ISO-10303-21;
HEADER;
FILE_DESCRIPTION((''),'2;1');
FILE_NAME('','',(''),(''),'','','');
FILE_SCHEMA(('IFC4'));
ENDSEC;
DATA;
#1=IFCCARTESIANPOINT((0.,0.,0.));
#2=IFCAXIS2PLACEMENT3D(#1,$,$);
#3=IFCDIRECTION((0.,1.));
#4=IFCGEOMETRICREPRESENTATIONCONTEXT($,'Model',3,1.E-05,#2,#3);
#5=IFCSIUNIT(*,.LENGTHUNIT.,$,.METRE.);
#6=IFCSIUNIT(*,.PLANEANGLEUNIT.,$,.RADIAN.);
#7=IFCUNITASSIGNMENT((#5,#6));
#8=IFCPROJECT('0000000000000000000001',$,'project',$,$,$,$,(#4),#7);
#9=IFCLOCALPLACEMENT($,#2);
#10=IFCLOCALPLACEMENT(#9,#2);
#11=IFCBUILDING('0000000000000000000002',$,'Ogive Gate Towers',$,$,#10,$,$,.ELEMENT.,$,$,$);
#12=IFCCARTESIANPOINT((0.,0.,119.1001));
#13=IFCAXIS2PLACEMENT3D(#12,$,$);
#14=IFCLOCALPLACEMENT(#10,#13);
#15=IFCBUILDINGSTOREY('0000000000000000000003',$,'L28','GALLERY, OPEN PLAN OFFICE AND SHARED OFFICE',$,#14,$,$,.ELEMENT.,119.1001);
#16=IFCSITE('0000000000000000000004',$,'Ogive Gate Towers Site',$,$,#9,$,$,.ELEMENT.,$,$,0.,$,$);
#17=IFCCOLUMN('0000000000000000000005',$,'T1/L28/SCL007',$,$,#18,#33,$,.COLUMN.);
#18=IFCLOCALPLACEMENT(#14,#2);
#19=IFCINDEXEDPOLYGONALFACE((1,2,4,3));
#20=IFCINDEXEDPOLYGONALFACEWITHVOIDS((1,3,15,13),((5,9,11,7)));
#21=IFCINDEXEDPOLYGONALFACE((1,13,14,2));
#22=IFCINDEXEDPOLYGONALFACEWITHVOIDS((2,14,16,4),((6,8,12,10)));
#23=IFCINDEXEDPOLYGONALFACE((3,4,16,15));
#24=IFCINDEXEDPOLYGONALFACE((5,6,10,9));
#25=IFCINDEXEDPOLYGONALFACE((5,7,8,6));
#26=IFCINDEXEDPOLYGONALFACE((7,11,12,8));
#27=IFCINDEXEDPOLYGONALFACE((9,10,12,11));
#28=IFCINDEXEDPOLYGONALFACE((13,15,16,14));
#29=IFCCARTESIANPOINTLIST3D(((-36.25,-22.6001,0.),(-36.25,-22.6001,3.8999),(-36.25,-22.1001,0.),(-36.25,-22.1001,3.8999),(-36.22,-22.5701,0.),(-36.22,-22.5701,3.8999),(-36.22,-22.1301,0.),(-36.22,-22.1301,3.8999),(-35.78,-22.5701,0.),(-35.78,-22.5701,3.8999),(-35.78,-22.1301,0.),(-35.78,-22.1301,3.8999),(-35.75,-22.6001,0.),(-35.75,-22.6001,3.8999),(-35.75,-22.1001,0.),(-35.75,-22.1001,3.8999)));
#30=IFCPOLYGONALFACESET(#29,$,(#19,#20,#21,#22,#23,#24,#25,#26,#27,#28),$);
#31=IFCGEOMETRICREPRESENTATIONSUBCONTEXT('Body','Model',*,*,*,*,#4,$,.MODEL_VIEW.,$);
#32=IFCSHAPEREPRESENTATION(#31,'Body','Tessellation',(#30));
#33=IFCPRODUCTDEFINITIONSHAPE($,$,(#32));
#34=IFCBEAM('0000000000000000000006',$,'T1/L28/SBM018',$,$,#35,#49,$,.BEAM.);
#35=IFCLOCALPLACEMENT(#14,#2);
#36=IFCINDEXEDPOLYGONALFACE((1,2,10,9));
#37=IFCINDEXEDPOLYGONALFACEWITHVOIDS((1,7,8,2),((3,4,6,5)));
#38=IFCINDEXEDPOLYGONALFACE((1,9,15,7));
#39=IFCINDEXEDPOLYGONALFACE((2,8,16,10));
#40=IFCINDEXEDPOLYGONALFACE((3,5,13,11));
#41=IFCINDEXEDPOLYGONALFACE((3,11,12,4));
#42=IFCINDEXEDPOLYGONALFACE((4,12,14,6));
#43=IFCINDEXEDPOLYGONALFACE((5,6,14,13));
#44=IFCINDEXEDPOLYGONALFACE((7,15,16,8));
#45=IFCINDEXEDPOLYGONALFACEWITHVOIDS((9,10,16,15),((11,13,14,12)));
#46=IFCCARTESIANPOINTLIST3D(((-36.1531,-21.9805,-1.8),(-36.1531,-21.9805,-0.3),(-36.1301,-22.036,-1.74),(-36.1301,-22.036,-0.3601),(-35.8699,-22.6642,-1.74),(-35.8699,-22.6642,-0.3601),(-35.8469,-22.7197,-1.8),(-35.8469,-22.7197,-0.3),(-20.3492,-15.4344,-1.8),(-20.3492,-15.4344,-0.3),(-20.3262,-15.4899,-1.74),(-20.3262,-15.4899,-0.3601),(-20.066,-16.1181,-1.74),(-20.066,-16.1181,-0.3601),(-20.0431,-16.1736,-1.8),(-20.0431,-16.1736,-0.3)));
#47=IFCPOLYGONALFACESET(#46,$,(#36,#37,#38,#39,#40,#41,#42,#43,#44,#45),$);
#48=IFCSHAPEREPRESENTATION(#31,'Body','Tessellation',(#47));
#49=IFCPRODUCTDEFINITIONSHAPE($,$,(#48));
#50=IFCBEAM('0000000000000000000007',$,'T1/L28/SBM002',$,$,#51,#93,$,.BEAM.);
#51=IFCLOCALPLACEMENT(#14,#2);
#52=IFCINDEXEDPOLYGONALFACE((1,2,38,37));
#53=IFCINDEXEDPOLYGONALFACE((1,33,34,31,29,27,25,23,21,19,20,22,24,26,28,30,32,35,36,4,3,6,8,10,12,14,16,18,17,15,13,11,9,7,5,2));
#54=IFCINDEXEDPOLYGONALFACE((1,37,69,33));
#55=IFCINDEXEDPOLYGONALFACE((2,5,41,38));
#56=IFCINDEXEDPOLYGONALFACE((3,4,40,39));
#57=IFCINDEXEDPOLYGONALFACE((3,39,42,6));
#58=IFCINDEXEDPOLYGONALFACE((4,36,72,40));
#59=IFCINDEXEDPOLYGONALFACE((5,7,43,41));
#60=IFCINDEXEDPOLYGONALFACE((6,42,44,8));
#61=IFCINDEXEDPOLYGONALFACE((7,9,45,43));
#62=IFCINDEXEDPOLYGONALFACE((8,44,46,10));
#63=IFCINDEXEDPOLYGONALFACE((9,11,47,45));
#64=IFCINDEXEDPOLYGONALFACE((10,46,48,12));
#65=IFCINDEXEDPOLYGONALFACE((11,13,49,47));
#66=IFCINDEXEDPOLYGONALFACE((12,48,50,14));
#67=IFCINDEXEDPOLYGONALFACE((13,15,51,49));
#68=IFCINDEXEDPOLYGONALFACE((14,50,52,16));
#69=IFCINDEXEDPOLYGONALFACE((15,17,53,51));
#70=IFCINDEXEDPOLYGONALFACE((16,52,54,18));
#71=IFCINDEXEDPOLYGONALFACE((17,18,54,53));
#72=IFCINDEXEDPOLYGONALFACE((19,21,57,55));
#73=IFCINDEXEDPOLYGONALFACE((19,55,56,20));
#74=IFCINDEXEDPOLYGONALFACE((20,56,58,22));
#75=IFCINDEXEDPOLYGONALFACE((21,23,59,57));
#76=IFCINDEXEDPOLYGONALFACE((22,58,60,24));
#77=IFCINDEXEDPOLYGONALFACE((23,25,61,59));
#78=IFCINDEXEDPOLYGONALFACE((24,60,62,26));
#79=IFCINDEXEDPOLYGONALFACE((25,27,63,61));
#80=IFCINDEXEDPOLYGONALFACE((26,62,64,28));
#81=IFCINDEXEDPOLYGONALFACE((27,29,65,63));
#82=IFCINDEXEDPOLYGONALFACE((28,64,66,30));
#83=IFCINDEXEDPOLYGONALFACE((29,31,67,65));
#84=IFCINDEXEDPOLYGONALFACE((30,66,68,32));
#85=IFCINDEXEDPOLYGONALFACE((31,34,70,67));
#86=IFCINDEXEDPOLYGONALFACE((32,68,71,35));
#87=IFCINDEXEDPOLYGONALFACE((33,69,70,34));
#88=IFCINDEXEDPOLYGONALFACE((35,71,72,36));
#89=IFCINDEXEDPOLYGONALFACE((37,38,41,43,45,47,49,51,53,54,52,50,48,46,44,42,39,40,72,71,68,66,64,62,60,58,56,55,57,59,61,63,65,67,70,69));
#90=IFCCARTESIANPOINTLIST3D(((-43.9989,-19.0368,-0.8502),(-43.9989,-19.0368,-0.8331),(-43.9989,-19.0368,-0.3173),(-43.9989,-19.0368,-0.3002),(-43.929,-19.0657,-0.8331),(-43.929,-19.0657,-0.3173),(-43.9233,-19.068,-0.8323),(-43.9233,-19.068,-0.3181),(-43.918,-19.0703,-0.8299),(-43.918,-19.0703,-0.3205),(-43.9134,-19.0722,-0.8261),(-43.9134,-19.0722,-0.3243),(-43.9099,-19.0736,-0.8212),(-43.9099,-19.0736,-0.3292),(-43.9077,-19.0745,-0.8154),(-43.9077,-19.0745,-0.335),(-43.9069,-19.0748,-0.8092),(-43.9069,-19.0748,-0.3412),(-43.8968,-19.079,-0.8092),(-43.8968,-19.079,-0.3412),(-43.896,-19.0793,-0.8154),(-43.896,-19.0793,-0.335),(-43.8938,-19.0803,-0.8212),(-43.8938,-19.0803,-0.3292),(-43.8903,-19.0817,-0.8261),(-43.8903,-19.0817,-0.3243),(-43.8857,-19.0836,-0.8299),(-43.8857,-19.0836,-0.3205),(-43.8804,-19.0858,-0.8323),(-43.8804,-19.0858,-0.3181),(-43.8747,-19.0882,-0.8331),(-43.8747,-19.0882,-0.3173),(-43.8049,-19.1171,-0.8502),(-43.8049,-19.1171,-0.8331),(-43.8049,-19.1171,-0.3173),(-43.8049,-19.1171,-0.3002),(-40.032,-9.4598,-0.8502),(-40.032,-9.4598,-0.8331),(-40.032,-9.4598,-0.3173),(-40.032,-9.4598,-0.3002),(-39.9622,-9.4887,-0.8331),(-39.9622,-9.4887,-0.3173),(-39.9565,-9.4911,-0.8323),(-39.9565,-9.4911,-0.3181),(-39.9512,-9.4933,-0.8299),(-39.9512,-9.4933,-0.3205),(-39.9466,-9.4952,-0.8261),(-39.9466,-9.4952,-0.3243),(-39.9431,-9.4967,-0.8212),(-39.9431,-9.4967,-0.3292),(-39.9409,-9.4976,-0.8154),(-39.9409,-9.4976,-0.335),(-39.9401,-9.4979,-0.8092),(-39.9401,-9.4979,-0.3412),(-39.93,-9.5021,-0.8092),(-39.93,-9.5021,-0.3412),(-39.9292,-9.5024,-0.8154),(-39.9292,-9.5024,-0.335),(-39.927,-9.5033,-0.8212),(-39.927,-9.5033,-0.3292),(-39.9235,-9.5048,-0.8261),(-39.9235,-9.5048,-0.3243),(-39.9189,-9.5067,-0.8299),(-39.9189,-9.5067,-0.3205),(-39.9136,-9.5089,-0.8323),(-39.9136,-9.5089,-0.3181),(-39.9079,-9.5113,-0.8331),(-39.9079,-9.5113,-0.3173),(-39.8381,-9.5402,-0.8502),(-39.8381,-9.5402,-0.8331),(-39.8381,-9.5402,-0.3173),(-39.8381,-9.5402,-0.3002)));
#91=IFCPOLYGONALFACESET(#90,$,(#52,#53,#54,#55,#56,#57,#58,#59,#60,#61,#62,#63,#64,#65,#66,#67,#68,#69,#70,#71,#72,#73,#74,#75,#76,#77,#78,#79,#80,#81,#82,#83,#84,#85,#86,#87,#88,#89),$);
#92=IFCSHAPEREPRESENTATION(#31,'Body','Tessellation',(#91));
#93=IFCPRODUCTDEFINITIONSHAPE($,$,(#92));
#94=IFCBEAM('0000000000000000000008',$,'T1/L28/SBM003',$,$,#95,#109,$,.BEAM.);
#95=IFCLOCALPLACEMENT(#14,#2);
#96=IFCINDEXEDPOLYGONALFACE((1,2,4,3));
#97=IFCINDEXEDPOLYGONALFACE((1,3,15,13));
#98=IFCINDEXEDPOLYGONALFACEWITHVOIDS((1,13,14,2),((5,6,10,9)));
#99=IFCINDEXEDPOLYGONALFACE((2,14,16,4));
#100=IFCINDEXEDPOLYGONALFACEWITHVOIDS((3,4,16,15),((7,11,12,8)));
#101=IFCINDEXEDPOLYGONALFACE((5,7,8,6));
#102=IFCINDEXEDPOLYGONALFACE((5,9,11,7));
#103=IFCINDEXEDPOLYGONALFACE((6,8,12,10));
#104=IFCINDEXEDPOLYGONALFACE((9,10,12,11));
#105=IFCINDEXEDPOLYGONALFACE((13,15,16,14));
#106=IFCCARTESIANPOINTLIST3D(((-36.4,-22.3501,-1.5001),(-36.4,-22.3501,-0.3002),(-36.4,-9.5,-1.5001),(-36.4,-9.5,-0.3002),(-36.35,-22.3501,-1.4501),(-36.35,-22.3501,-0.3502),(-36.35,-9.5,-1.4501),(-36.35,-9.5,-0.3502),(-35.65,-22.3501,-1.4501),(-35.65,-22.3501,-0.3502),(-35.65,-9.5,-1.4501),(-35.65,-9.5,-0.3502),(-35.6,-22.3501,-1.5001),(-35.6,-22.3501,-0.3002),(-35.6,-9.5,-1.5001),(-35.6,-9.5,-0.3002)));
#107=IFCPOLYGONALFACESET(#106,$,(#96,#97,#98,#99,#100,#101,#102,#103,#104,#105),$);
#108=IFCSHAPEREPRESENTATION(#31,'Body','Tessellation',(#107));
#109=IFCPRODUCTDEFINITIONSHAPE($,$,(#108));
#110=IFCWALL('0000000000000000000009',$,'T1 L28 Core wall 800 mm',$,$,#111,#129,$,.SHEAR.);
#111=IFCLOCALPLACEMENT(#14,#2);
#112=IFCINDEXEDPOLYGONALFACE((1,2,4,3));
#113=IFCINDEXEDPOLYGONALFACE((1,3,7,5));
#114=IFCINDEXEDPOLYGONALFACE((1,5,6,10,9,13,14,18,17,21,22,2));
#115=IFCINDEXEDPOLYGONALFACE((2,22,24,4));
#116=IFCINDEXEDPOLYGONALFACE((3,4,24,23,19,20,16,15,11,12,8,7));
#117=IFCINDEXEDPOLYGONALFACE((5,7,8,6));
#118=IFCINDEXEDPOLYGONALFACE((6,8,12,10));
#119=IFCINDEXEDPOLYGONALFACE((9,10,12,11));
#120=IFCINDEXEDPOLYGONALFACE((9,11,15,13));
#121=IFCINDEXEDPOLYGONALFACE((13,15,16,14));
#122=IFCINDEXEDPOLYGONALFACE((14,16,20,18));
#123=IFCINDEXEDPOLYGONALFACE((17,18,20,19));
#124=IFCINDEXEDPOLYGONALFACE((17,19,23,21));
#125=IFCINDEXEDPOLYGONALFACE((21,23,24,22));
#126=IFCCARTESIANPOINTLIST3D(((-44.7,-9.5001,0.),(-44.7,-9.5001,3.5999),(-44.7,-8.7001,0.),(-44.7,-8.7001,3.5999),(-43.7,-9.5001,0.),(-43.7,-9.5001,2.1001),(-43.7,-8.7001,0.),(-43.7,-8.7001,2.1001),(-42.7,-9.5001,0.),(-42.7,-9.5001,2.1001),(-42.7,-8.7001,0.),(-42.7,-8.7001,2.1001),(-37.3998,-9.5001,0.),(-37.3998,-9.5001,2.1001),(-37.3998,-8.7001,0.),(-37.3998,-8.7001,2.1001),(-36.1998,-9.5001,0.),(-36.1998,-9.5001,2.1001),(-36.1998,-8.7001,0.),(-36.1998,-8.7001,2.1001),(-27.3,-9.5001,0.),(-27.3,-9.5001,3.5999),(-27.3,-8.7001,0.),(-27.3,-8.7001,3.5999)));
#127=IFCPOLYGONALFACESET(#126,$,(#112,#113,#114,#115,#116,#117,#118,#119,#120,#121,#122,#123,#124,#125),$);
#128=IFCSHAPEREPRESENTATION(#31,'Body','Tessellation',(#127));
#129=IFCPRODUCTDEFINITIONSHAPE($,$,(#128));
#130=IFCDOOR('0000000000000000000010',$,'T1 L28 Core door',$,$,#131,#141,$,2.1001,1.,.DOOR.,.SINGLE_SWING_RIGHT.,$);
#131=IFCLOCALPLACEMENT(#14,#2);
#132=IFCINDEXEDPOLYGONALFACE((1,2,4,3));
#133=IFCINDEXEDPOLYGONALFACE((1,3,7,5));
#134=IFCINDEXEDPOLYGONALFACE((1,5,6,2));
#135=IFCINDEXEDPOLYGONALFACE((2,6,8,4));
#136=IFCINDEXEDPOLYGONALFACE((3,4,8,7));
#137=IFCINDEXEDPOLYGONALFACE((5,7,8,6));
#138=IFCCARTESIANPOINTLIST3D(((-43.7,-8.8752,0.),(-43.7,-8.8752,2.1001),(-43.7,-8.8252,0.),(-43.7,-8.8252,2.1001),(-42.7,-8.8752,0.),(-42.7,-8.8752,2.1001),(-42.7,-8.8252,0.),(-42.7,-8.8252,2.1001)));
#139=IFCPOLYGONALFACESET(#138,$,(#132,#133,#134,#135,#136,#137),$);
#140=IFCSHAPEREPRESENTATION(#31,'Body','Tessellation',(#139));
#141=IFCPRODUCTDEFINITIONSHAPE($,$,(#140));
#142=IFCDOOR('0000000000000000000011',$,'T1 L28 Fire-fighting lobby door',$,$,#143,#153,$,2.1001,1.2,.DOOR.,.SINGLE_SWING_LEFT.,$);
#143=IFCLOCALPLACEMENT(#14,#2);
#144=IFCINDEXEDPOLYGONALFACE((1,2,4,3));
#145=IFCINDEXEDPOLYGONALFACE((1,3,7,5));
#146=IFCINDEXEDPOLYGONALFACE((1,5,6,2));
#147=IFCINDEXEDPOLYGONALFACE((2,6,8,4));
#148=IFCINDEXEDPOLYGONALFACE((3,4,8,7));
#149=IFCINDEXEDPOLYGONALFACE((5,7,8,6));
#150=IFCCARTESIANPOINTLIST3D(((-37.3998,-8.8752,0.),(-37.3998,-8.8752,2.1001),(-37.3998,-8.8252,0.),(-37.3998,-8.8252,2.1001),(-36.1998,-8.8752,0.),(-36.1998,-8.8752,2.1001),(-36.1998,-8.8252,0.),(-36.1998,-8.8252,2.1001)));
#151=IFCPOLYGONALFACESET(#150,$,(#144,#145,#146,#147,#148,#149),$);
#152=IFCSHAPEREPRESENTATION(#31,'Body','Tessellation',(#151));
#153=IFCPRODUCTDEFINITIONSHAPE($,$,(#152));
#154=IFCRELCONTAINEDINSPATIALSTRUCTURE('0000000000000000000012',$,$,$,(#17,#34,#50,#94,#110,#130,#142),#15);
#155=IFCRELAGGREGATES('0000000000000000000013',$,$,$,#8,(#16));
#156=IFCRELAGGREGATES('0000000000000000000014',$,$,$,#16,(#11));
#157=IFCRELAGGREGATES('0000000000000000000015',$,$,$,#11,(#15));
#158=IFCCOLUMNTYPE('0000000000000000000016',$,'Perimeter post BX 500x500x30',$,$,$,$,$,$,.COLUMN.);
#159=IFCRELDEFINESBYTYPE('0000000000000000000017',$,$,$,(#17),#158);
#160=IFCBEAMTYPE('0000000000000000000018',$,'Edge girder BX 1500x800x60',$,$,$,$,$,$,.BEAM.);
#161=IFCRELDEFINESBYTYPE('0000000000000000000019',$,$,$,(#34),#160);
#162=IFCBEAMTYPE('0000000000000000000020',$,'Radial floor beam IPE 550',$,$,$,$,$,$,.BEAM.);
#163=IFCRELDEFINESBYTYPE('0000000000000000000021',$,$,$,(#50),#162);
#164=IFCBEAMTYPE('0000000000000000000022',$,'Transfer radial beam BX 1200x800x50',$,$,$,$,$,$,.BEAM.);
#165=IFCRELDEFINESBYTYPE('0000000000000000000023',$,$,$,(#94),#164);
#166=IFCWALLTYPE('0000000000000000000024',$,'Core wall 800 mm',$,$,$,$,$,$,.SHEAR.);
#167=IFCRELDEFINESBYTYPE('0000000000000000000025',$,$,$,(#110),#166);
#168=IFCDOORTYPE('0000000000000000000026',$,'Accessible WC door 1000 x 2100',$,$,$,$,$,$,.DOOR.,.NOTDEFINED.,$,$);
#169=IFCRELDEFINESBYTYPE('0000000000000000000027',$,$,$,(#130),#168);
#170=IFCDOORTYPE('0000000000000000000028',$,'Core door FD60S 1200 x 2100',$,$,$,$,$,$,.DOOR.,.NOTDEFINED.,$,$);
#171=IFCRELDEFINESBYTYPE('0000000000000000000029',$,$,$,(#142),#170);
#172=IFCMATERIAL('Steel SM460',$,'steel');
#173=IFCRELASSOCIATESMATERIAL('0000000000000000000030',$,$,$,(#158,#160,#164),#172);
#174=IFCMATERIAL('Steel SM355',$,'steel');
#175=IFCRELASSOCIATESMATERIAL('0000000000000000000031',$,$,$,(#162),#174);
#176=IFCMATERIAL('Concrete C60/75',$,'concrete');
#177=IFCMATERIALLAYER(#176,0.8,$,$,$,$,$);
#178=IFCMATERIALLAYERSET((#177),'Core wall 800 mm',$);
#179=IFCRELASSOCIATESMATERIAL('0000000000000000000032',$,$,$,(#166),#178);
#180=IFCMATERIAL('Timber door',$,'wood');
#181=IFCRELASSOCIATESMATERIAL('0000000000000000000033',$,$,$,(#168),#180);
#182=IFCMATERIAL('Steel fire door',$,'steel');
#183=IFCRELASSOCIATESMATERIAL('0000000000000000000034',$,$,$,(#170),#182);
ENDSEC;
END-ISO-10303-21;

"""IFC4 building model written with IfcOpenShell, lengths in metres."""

from ifc_helpers import new_model, si_unit, direction, frame, frame_2d, origin, origin_2d, place, context, subcontext, project, spatial, rectangle, hollow_rectangle, i_section, extrude, material, layer, layer_set, material_profile, profile_set, type_object, element, fill, save


model = new_model("IFC4")

# Units and contexts
model_context = context("Model", 3, precision=1e-05, world=origin(), true_north=direction((0.0, 1.0)))
body_context = subcontext(model_context, "Body", "Model", "MODEL_VIEW")
ifc_project = project(units=[si_unit("LENGTHUNIT", "METRE"), si_unit("PLANEANGLEUNIT", "RADIAN")], contexts=[model_context])

# Site, building, storey
site_placement = place(None, origin())
site = spatial("IfcSite", under=ifc_project, at=site_placement, Name="Ogive Gate Towers Site", CompositionType="ELEMENT", RefElevation=0.0)
building_placement = place(site_placement, origin())
building = spatial("IfcBuilding", under=site, at=building_placement, Name="Ogive Gate Towers", CompositionType="ELEMENT")
storey_placement = place(building_placement, frame((0.0, 0.0, 119.1001)))
storey = spatial("IfcBuildingStorey", under=building, at=storey_placement, Name="L28", Description="GALLERY, OPEN PLAN OFFICE AND SHARED OFFICE", CompositionType="ELEMENT", Elevation=119.1001)

# Column
ifc_material_1 = material(Name="Steel SM460", Category="steel")
ifc_material_profile_1 = material_profile(ifc_material_1, hollow_rectangle(XDim=0.5, YDim=0.5, WallThickness=0.03, at=origin_2d()), Name="BX 500x500x30")
ifc_profile_set_1 = profile_set([ifc_material_profile_1], Name="Steel SM460")
column_type = type_object("IfcColumnType", Name="Perimeter post BX 500x500x30", PredefinedType="COLUMN", material=ifc_profile_set_1)
column_placement = place(storey_placement, frame((-36.0, -22.3501, 0.0), z_axis=(0.0, 0.0, 1.0), x_axis=(1.0, 0.0, 0.0)))
element("IfcColumn", 1, at=column_placement, inside=storey, type_object=column_type, Name="T1/L28/SCL007", PredefinedType="COLUMN", context=body_context, shape_type="SweptSolid", body=[
    extrude(hollow_rectangle(XDim=0.5, YDim=0.5, WallThickness=0.03, at=origin_2d()), origin(), (0.0, 0.0, 1.0), 3.8999),
])

# Beams
ifc_material_profile_2 = material_profile(ifc_material_1, hollow_rectangle(XDim=0.8, YDim=1.5, WallThickness=0.0601, at=origin_2d()), Name="BX 1500x800x60")
ifc_profile_set_2 = profile_set([ifc_material_profile_2], Name="Steel SM460")
beam_type_1 = type_object("IfcBeamType", Name="Edge girder BX 1500x800x60", PredefinedType="BEAM", material=ifc_profile_set_2)
beam_1_placement = place(storey_placement, frame((-36.0, -22.3501, -1.05), z_axis=(0.923881, 0.38268, 0.0), x_axis=(-0.38268, 0.923881, 0.0)))
element("IfcBeam", 2, at=beam_1_placement, inside=storey, type_object=beam_type_1, Name="T1/L28/SBM018", PredefinedType="BEAM", context=body_context, shape_type="SweptSolid", body=[
    extrude(hollow_rectangle(XDim=0.8, YDim=1.5, WallThickness=0.0601, at=origin_2d()), origin(), (0.0, 0.0, 1.0), 17.106),
])
ifc_material_2 = material(Name="Steel SM355", Category="steel")
ifc_material_profile_3 = material_profile(ifc_material_2, i_section(OverallWidth=0.21, OverallDepth=0.55, WebThickness=0.011, FlangeThickness=0.0171, FilletRadius=0.0239, at=origin_2d()), Name="IPE 550")
ifc_profile_set_3 = profile_set([ifc_material_profile_3], Name="Steel SM355")
beam_type_2 = type_object("IfcBeamType", Name="Radial floor beam IPE 550", PredefinedType="BEAM", material=ifc_profile_set_3)
beam_2_placement = place(storey_placement, frame((-39.9351, -9.5, -0.5752), z_axis=(-0.382676, -0.923882, 0.0), x_axis=(0.923882, -0.382676, 0.0)))
element("IfcBeam", 3, at=beam_2_placement, inside=storey, type_object=beam_type_2, Name="T1/L28/SBM002", PredefinedType="BEAM", context=body_context, shape_type="SweptSolid", body=[
    extrude(i_section(OverallWidth=0.21, OverallDepth=0.55, WebThickness=0.011, FlangeThickness=0.0171, FilletRadius=0.0239, at=origin_2d()), origin(), (0.0, 0.0, 1.0), 10.366),
])
ifc_material_profile_4 = material_profile(ifc_material_1, hollow_rectangle(XDim=0.8, YDim=1.2, WallThickness=0.05, at=origin_2d()), Name="BX 1200x800x50")
ifc_profile_set_4 = profile_set([ifc_material_profile_4], Name="Steel SM460")
beam_type_3 = type_object("IfcBeamType", Name="Transfer radial beam BX 1200x800x50", PredefinedType="BEAM", material=ifc_profile_set_4)
beam_3_placement = place(storey_placement, frame((-36.0, -9.5, -0.9001), z_axis=(0.0, -1.0, 0.0), x_axis=(1.0, 0.0, 0.0)))
element("IfcBeam", 4, at=beam_3_placement, inside=storey, type_object=beam_type_3, Name="T1/L28/SBM003", PredefinedType="BEAM", context=body_context, shape_type="SweptSolid", body=[
    extrude(hollow_rectangle(XDim=0.8, YDim=1.2, WallThickness=0.05, at=origin_2d()), origin(), (0.0, 0.0, 1.0), 12.8501),
])

# Wall, openings, doors
ifc_material_3 = material(Name="Concrete C60/75", Category="concrete")
ifc_layer_1 = layer(ifc_material_3, 0.8)
ifc_layer_set_1 = layer_set([ifc_layer_1], Name="Core wall 800 mm")
wall_type_1 = type_object("IfcWallType", Name="Core wall 800 mm", PredefinedType="SHEAR", material=ifc_layer_set_1)
wall_1_placement = place(storey_placement, frame((-44.7, -9.1001, 0.0), z_axis=(0.0, 0.0, 1.0), x_axis=(1.0, 0.0, 0.0)))
wall_1 = element("IfcWall", 5, at=wall_1_placement, inside=storey, type_object=wall_type_1, Name="T1 L28 Core wall 800 mm", PredefinedType="SHEAR", context=body_context, shape_type="SweptSolid", body=[
    extrude(rectangle(XDim=17.3999, YDim=0.8, at=frame_2d((8.7, 0.0))), origin(), (0.0, 0.0, 1.0), 3.5999),
])
opening_1_placement = place(wall_1_placement, frame((7.3, 0.0, 0.0)))
opening_1 = element("IfcOpeningElement", 6, at=opening_1_placement, cuts=wall_1, PredefinedType="OPENING", context=body_context, shape_type="SweptSolid", body=[
    extrude(rectangle(XDim=1.2, YDim=2.1001, at=frame_2d((0.6001, 1.05))), frame((0.0, 0.4102, 0.0), z_axis=(0.0, -1.0, 0.0), x_axis=(1.0, 0.0, 0.0)), (0.0, 0.0, 1.0), 0.8201),
])
opening_2_placement = place(wall_1_placement, frame((1.0, 0.0, 0.0)))
opening_2 = element("IfcOpeningElement", 7, at=opening_2_placement, cuts=wall_1, PredefinedType="OPENING", context=body_context, shape_type="SweptSolid", body=[
    extrude(rectangle(XDim=1.0, YDim=2.1001, at=frame_2d((0.5, 1.05))), frame((0.0, 0.4102, 0.0), z_axis=(0.0, -1.0, 0.0), x_axis=(1.0, 0.0, 0.0)), (0.0, 0.0, 1.0), 0.8201),
])
ifc_material_4 = material(Name="Timber door", Category="wood")
door_type_1 = type_object("IfcDoorType", Name="Accessible WC door 1000 x 2100", OperationType="NOTDEFINED", PredefinedType="DOOR", material=ifc_material_4)
door_1_placement = place(opening_2_placement, origin())
door_1 = element("IfcDoor", 8, at=door_1_placement, inside=storey, type_object=door_type_1, Name="T1 L28 Core door", OperationType="SINGLE_SWING_RIGHT", OverallHeight=2.1001, OverallWidth=1.0, PredefinedType="DOOR", context=body_context, shape_type="SweptSolid", body=[
    extrude(rectangle(XDim=1.0, YDim=2.1001, at=frame_2d((0.5, 1.05))), frame((0.0, 0.2749, 0.0), z_axis=(0.0, -1.0, 0.0), x_axis=(1.0, 0.0, 0.0)), (0.0, 0.0, 1.0), 0.05),
])
fill(opening_2, door_1)
ifc_material_5 = material(Name="Steel fire door", Category="steel")
door_type_2 = type_object("IfcDoorType", Name="Core door FD60S 1200 x 2100", OperationType="NOTDEFINED", PredefinedType="DOOR", material=ifc_material_5)
door_2_placement = place(opening_1_placement, origin())
door_2 = element("IfcDoor", 9, at=door_2_placement, inside=storey, type_object=door_type_2, Name="T1 L28 Fire-fighting lobby door", OperationType="SINGLE_SWING_LEFT", OverallHeight=2.1001, OverallWidth=1.2, PredefinedType="DOOR", context=body_context, shape_type="SweptSolid", body=[
    extrude(rectangle(XDim=1.2, YDim=2.1001, at=frame_2d((0.6001, 1.05))), frame((0.0, 0.2749, 0.0), z_axis=(0.0, -1.0, 0.0), x_axis=(1.0, 0.0, 0.0)), (0.0, 0.0, 1.0), 0.05),
])
fill(opening_1, door_2)

save(model, "model.ifc")
